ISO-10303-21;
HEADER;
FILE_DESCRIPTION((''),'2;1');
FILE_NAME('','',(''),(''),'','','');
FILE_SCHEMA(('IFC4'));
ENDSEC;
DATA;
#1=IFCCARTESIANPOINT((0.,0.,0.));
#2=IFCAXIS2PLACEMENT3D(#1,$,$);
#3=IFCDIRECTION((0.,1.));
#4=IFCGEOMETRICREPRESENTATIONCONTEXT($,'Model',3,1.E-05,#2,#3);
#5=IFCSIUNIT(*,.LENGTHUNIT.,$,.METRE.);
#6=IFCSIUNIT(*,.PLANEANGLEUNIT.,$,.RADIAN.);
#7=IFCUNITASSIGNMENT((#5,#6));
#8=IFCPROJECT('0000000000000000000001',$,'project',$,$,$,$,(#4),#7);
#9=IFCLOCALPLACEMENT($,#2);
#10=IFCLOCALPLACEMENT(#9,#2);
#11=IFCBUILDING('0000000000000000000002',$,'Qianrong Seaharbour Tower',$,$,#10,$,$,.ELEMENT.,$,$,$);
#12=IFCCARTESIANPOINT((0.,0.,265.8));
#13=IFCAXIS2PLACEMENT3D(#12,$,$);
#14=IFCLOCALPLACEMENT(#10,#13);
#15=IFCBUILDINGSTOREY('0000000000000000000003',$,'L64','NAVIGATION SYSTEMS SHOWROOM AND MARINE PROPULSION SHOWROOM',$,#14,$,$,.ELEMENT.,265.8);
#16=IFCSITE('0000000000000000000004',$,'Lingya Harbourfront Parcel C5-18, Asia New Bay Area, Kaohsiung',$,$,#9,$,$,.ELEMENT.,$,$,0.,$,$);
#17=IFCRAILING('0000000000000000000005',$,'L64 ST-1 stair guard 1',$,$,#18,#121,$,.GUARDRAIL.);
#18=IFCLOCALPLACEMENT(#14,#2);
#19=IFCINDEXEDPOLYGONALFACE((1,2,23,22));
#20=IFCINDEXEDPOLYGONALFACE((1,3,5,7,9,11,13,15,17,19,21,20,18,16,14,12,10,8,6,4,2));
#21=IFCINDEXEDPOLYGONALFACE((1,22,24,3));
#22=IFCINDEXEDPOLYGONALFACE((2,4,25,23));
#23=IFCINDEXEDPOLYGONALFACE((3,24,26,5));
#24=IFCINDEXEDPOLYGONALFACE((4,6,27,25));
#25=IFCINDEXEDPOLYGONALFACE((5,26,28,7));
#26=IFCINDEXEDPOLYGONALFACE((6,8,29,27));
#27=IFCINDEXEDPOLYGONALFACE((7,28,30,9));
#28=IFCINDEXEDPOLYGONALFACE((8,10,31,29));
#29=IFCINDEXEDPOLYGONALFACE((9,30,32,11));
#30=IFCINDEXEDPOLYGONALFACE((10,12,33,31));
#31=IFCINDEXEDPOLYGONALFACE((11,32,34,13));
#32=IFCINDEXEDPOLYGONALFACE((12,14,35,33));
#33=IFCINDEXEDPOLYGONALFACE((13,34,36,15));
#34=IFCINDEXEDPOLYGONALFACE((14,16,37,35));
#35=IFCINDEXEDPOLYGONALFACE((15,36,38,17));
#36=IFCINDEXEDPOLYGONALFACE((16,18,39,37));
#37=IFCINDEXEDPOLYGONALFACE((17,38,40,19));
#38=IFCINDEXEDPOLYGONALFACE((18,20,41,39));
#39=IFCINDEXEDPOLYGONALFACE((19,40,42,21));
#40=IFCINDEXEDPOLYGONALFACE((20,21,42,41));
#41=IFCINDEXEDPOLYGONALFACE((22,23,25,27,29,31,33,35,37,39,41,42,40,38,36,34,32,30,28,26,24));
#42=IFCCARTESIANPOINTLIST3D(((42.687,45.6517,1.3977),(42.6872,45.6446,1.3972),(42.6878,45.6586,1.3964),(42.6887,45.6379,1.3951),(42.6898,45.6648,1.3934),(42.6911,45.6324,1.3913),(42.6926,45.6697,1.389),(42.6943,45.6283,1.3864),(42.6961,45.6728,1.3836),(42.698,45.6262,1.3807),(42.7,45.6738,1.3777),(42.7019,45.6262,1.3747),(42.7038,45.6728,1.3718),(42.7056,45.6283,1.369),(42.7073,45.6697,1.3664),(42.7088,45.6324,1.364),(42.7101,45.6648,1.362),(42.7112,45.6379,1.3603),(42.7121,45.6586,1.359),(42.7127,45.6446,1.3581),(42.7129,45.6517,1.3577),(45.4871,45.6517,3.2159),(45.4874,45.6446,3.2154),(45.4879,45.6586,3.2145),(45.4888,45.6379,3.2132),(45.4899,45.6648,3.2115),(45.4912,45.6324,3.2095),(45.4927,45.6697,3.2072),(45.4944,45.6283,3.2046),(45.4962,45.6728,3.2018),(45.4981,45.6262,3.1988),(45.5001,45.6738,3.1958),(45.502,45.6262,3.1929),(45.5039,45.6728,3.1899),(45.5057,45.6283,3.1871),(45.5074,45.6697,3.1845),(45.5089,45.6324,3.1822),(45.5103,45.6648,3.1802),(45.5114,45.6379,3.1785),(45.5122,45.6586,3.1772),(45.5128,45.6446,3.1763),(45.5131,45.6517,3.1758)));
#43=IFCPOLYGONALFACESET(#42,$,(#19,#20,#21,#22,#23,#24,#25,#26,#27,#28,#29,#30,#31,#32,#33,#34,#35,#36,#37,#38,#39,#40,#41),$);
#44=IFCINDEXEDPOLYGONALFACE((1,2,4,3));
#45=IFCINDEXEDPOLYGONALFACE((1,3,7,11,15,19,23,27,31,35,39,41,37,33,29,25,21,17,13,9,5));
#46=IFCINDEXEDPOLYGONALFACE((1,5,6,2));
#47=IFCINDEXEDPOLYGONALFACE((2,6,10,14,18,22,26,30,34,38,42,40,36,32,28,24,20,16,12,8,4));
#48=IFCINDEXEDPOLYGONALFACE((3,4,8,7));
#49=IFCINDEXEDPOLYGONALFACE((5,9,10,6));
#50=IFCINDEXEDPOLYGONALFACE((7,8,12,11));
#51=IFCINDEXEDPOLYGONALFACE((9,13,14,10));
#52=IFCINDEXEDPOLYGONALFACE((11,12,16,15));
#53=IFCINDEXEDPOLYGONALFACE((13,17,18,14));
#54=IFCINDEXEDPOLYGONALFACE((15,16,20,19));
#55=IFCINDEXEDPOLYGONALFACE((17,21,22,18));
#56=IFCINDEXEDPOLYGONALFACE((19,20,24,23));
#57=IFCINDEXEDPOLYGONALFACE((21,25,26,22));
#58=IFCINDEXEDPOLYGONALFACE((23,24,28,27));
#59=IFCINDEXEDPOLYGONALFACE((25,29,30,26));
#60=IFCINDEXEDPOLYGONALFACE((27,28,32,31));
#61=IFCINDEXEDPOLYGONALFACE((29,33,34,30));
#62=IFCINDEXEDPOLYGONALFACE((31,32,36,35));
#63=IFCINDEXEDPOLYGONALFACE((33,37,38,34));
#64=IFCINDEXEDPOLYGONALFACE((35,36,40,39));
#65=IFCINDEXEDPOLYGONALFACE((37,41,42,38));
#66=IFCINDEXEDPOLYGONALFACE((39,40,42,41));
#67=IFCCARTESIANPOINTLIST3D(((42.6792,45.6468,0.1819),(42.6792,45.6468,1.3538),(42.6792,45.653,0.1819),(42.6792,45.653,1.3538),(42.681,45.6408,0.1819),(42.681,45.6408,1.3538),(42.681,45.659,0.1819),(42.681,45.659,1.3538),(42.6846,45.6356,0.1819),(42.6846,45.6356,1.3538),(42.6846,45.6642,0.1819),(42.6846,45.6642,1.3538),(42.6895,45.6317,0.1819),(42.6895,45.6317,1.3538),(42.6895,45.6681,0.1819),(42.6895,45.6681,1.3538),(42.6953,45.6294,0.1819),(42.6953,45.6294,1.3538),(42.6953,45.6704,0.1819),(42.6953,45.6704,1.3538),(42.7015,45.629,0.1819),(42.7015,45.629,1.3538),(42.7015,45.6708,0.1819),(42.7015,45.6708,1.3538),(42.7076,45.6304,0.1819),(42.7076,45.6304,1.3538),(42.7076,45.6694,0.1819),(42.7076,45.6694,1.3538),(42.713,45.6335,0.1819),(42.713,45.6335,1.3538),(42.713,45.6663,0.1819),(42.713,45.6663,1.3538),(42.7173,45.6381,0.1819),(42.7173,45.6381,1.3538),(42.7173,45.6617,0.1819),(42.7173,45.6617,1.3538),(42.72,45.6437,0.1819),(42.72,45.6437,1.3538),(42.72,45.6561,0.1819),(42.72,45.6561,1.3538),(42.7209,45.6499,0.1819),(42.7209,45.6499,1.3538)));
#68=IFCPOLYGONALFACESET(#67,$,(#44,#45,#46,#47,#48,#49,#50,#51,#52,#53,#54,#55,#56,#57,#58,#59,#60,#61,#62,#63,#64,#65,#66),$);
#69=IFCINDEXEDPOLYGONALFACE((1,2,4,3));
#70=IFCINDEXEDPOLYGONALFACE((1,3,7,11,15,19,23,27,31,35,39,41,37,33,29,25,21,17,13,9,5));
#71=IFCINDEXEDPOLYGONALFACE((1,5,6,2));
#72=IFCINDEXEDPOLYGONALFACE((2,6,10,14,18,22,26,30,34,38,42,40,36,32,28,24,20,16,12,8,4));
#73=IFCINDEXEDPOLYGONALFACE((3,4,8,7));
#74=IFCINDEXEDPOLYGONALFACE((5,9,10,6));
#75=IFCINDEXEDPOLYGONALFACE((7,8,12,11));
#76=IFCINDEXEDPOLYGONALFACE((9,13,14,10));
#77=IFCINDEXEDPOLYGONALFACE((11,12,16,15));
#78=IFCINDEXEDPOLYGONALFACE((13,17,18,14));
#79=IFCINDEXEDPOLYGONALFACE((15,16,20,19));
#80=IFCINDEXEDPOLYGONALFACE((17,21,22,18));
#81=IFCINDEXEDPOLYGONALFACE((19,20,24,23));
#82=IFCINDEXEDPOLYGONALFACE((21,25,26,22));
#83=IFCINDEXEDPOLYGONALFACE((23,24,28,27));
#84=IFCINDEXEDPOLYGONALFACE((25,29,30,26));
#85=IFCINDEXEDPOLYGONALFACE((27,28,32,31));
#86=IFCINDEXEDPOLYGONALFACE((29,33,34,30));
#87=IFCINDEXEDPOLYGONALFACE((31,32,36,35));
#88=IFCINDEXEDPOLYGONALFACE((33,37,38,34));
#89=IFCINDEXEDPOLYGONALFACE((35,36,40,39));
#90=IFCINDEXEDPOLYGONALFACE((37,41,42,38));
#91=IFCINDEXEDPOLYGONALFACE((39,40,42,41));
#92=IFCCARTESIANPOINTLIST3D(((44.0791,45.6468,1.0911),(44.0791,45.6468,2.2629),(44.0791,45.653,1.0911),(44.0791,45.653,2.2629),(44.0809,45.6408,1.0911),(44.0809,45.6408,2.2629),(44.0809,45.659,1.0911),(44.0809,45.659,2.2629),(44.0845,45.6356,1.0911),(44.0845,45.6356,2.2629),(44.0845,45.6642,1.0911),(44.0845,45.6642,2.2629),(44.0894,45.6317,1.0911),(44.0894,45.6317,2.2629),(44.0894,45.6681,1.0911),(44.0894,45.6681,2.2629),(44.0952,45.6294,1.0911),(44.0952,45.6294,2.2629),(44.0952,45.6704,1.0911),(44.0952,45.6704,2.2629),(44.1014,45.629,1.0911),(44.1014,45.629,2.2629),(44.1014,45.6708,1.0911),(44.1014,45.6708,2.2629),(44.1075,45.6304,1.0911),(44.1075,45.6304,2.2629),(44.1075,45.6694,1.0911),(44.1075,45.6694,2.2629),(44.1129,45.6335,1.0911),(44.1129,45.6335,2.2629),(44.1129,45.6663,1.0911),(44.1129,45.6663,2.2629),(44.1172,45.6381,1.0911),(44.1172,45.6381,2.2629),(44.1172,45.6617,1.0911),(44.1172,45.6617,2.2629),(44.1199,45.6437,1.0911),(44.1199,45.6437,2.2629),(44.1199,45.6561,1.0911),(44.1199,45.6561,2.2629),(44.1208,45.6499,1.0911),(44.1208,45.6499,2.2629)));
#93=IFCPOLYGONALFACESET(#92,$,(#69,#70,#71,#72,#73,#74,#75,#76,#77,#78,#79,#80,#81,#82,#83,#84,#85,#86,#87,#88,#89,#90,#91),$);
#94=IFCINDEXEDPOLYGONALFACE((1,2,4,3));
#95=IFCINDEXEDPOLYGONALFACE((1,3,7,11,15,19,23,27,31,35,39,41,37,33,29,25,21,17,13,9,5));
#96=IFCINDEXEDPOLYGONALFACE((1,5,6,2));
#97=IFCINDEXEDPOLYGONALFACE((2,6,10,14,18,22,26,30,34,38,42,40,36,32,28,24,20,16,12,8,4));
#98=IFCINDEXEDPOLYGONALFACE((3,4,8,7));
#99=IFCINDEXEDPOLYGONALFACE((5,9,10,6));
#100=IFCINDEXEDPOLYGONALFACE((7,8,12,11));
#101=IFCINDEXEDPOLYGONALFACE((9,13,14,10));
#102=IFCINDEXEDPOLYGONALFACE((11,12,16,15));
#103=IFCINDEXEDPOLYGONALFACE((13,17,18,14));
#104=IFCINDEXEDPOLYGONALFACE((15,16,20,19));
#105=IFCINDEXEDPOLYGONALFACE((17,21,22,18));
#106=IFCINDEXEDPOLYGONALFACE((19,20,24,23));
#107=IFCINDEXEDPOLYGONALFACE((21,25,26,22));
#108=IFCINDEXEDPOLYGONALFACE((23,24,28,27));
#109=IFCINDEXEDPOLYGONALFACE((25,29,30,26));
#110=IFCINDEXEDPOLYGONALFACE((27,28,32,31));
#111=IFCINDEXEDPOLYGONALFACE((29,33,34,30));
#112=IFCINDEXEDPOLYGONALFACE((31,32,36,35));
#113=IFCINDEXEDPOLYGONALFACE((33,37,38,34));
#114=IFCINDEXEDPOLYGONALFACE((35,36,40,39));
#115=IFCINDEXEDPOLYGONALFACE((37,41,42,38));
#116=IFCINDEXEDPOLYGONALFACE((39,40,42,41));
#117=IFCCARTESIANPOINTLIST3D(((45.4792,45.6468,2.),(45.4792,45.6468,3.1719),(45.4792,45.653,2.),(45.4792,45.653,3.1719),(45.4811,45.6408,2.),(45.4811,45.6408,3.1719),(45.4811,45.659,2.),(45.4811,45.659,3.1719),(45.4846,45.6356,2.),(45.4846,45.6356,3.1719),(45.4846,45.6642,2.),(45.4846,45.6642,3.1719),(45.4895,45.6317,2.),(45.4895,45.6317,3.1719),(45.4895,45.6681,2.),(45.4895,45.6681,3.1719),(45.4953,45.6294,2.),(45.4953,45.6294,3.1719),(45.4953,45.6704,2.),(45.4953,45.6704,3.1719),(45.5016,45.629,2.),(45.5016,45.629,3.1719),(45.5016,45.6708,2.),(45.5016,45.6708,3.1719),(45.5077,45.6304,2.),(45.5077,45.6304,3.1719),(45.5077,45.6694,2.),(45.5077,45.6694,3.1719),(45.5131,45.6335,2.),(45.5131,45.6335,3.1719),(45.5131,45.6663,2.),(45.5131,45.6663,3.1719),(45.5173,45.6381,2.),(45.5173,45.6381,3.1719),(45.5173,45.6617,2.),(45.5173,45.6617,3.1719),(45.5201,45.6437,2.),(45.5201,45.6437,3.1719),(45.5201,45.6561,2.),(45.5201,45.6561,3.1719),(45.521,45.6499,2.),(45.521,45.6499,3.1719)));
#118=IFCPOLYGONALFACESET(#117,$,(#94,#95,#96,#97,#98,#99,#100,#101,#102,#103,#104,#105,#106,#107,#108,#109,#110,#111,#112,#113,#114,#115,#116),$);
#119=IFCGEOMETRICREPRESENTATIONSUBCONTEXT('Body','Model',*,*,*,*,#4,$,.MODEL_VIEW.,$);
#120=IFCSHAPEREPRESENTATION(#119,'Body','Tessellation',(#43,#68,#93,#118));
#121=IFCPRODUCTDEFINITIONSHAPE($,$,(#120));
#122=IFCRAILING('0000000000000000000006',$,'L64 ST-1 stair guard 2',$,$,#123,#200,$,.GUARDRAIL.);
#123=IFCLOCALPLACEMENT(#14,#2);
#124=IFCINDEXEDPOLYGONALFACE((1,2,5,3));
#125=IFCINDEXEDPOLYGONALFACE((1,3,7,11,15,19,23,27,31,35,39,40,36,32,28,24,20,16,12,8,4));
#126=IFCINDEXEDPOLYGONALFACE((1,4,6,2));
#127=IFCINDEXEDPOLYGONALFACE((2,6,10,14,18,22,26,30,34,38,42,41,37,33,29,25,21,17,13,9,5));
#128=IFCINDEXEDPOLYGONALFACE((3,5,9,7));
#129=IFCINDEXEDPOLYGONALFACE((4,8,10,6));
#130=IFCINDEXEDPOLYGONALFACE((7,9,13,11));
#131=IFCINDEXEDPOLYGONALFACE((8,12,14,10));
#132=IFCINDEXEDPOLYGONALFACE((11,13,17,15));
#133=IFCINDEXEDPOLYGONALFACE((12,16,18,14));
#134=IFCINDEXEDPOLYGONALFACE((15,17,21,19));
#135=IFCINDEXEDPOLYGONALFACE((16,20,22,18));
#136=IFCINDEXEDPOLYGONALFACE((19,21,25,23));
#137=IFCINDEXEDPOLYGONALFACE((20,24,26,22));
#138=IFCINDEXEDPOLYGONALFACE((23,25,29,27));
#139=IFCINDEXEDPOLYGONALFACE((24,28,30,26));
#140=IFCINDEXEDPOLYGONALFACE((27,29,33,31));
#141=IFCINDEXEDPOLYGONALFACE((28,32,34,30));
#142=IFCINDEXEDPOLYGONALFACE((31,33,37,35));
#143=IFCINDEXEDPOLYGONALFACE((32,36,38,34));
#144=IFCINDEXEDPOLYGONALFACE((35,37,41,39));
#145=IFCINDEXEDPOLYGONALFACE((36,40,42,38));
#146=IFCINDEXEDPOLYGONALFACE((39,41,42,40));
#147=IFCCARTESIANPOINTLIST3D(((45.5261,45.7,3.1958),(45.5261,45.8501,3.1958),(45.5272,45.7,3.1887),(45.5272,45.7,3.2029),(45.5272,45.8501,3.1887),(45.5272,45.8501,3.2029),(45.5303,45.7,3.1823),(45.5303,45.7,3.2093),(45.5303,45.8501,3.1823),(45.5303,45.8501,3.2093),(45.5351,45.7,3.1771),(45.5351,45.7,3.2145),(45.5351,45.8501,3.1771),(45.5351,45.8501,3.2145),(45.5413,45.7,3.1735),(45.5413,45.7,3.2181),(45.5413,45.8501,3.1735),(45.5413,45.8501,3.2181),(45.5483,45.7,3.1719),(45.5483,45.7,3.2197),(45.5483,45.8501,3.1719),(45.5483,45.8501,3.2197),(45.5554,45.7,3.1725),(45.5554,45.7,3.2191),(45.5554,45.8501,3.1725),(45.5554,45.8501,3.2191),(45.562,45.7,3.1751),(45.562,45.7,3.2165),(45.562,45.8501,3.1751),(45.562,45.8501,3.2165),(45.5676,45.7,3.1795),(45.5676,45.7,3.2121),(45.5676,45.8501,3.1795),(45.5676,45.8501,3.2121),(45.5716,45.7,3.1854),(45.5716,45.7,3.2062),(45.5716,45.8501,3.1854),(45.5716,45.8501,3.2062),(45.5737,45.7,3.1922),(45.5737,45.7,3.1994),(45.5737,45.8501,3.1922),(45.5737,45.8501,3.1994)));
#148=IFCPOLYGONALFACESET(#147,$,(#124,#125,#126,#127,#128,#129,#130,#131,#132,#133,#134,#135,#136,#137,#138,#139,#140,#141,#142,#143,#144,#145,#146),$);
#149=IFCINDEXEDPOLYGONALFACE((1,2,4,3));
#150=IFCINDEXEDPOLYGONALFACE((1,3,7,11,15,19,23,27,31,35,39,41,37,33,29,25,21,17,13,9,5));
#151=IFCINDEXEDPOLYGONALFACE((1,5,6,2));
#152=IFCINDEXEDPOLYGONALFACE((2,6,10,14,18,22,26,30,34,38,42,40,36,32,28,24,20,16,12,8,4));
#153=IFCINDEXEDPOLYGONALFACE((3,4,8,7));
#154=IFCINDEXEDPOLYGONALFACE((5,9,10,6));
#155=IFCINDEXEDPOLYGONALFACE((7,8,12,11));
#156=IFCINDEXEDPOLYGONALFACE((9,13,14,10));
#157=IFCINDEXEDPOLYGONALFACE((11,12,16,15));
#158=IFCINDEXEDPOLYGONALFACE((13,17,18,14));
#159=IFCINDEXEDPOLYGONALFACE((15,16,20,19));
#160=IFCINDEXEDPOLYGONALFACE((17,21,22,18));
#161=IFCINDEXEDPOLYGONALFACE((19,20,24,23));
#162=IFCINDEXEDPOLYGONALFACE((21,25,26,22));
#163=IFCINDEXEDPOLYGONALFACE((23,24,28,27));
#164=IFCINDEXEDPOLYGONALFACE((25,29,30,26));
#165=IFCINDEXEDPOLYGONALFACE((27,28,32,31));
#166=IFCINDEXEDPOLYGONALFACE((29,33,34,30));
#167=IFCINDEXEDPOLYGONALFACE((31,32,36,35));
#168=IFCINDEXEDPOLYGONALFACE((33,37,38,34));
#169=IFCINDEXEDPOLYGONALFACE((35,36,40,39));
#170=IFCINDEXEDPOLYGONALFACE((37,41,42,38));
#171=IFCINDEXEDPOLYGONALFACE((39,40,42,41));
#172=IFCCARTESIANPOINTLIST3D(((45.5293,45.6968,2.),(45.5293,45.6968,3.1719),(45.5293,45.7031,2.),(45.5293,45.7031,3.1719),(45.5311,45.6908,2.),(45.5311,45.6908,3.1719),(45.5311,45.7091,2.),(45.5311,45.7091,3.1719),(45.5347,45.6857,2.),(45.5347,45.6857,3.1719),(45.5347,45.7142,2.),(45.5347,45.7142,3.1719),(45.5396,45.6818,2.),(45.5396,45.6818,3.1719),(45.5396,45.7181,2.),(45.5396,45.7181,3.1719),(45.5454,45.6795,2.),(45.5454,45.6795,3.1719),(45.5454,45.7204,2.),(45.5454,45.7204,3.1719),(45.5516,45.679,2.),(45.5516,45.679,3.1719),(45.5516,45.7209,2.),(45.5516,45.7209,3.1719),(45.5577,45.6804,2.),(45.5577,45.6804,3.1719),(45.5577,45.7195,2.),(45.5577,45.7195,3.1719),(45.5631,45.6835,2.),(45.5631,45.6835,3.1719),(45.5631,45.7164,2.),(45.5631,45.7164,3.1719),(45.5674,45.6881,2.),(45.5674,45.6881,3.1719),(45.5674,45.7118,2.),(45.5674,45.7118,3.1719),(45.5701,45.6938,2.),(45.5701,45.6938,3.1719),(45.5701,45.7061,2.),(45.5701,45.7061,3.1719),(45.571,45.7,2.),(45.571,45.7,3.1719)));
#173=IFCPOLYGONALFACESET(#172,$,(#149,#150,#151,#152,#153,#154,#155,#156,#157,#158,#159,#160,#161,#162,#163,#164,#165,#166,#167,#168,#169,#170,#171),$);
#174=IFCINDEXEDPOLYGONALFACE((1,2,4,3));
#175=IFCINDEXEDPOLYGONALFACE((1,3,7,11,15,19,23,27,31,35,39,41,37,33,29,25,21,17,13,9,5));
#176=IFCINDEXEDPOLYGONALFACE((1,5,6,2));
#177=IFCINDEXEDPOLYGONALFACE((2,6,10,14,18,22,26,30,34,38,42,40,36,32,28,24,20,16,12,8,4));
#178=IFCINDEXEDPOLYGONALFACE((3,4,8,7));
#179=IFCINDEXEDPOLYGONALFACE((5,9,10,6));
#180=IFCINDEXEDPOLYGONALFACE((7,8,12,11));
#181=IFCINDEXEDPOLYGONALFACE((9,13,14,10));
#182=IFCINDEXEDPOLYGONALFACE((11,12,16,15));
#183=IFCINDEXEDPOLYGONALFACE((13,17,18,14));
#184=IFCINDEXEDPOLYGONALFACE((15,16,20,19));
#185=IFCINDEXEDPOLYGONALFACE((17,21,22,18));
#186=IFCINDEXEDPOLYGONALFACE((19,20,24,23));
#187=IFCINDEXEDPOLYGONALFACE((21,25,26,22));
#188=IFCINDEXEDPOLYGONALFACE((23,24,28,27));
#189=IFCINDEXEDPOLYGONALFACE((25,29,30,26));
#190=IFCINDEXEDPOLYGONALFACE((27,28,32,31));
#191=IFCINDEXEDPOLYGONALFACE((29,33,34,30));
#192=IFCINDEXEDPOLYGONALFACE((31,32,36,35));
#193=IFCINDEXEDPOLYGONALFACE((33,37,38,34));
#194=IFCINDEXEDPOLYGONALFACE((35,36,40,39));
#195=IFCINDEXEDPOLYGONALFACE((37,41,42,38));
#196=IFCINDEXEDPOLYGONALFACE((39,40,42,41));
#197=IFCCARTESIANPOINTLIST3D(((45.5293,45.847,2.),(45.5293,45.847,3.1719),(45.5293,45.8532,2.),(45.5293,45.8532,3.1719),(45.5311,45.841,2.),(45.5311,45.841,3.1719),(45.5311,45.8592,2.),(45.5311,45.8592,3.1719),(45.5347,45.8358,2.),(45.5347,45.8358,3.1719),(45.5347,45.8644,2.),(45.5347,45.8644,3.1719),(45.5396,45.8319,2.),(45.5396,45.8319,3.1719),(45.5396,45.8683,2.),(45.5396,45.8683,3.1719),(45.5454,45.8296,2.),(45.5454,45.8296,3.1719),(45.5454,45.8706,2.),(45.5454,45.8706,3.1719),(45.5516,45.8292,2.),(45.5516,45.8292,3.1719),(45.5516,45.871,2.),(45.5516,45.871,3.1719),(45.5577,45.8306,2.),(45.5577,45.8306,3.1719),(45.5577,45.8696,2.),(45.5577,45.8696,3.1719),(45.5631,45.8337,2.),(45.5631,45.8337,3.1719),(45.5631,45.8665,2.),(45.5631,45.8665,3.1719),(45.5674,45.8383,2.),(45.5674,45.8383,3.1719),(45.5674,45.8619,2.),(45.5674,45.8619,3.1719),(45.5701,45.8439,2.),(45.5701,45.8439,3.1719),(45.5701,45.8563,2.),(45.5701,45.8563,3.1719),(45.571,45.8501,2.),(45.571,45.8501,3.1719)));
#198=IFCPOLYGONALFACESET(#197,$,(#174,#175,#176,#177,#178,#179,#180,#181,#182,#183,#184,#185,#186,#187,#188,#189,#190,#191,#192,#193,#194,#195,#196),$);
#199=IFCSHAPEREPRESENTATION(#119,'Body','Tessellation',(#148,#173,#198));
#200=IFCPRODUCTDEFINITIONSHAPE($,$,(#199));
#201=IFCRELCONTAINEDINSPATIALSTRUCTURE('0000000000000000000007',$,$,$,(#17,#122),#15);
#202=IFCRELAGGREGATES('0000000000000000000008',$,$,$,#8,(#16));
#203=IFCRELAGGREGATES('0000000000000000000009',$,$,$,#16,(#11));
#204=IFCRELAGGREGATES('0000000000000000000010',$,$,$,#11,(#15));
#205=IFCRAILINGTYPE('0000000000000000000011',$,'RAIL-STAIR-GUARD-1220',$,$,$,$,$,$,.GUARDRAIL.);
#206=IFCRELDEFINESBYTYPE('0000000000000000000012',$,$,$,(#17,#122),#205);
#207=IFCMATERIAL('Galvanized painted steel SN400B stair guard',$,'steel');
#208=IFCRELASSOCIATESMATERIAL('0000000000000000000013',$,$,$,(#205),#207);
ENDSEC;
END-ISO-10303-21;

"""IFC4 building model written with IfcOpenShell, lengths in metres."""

from ifc_helpers import new_model, si_unit, direction, frame, origin, origin_2d, place, context, subcontext, project, spatial, circle, extrude, material, type_object, element, save


model = new_model("IFC4")

# Units and contexts
model_context = context("Model", 3, precision=1e-05, world=origin(), true_north=direction((0.0, 1.0)))
body_context = subcontext(model_context, "Body", "Model", "MODEL_VIEW")
ifc_project = project(units=[si_unit("LENGTHUNIT", "METRE"), si_unit("PLANEANGLEUNIT", "RADIAN")], contexts=[model_context])

# Site, building, storey
site_placement = place(None, origin())
site = spatial("IfcSite", under=ifc_project, at=site_placement, Name="Lingya Harbourfront Parcel C5-18, Asia New Bay Area, Kaohsiung", CompositionType="ELEMENT", RefElevation=0.0)
building_placement = place(site_placement, origin())
building = spatial("IfcBuilding", under=site, at=building_placement, Name="Qianrong Seaharbour Tower", CompositionType="ELEMENT")
storey_placement = place(building_placement, frame((0.0, 0.0, 265.8)))
storey = spatial("IfcBuildingStorey", under=building, at=storey_placement, Name="L64", Description="NAVIGATION SYSTEMS SHOWROOM AND MARINE PROPULSION SHOWROOM", CompositionType="ELEMENT", Elevation=265.8)

# Railings
ifc_material_1 = material(Name="Galvanized painted steel SN400B stair guard", Category="steel")
railing_type_1 = type_object("IfcRailingType", Name="RAIL-STAIR-GUARD-1220", PredefinedType="GUARDRAIL", material=ifc_material_1)
railing_1_placement = place(storey_placement, frame((42.7, 45.6499, 0.1819)))
element("IfcRailing", 1, at=railing_1_placement, inside=storey, type_object=railing_type_1, Name="L64 ST-1 stair guard 1", PredefinedType="GUARDRAIL", context=body_context, shape_type="SweptSolid", body=[
    extrude(circle(Radius=0.0239, at=origin_2d()), frame((0.0, 0.0, 1.1958), z_axis=(0.838706, 0.0, 0.544585), x_axis=(0.0, 1.0, 0.0)), (0.0, 0.0, 1.0), 3.3386),
    extrude(circle(Radius=0.021, at=origin_2d()), origin(), (0.0, 0.0, 1.0), 1.1719),
    extrude(circle(Radius=0.021, at=origin_2d()), frame((1.3999, 0.0, 0.9092)), (0.0, 0.0, 1.0), 1.1719),
    extrude(circle(Radius=0.021, at=origin_2d()), frame((2.8, 0.0, 1.8181)), (0.0, 0.0, 1.0), 1.1719),
])
railing_2_placement = place(storey_placement, frame((45.55, 45.7, 2.0)))
element("IfcRailing", 2, at=railing_2_placement, inside=storey, type_object=railing_type_1, Name="L64 ST-1 stair guard 2", PredefinedType="GUARDRAIL", context=body_context, shape_type="SweptSolid", body=[
    extrude(circle(Radius=0.0239, at=origin_2d()), frame((0.0, 0.0, 1.1958), z_axis=(0.0, 1.0, 0.0), x_axis=(-1.0, 0.0, 0.0)), (0.0, 0.0, 1.0), 0.1501),
    extrude(circle(Radius=0.021, at=origin_2d()), origin(), (0.0, 0.0, 1.0), 1.1719),
    extrude(circle(Radius=0.021, at=origin_2d()), frame((0.0, 0.1501, 0.0)), (0.0, 0.0, 1.0), 1.1719),
])

save(model, "model.ifc")
